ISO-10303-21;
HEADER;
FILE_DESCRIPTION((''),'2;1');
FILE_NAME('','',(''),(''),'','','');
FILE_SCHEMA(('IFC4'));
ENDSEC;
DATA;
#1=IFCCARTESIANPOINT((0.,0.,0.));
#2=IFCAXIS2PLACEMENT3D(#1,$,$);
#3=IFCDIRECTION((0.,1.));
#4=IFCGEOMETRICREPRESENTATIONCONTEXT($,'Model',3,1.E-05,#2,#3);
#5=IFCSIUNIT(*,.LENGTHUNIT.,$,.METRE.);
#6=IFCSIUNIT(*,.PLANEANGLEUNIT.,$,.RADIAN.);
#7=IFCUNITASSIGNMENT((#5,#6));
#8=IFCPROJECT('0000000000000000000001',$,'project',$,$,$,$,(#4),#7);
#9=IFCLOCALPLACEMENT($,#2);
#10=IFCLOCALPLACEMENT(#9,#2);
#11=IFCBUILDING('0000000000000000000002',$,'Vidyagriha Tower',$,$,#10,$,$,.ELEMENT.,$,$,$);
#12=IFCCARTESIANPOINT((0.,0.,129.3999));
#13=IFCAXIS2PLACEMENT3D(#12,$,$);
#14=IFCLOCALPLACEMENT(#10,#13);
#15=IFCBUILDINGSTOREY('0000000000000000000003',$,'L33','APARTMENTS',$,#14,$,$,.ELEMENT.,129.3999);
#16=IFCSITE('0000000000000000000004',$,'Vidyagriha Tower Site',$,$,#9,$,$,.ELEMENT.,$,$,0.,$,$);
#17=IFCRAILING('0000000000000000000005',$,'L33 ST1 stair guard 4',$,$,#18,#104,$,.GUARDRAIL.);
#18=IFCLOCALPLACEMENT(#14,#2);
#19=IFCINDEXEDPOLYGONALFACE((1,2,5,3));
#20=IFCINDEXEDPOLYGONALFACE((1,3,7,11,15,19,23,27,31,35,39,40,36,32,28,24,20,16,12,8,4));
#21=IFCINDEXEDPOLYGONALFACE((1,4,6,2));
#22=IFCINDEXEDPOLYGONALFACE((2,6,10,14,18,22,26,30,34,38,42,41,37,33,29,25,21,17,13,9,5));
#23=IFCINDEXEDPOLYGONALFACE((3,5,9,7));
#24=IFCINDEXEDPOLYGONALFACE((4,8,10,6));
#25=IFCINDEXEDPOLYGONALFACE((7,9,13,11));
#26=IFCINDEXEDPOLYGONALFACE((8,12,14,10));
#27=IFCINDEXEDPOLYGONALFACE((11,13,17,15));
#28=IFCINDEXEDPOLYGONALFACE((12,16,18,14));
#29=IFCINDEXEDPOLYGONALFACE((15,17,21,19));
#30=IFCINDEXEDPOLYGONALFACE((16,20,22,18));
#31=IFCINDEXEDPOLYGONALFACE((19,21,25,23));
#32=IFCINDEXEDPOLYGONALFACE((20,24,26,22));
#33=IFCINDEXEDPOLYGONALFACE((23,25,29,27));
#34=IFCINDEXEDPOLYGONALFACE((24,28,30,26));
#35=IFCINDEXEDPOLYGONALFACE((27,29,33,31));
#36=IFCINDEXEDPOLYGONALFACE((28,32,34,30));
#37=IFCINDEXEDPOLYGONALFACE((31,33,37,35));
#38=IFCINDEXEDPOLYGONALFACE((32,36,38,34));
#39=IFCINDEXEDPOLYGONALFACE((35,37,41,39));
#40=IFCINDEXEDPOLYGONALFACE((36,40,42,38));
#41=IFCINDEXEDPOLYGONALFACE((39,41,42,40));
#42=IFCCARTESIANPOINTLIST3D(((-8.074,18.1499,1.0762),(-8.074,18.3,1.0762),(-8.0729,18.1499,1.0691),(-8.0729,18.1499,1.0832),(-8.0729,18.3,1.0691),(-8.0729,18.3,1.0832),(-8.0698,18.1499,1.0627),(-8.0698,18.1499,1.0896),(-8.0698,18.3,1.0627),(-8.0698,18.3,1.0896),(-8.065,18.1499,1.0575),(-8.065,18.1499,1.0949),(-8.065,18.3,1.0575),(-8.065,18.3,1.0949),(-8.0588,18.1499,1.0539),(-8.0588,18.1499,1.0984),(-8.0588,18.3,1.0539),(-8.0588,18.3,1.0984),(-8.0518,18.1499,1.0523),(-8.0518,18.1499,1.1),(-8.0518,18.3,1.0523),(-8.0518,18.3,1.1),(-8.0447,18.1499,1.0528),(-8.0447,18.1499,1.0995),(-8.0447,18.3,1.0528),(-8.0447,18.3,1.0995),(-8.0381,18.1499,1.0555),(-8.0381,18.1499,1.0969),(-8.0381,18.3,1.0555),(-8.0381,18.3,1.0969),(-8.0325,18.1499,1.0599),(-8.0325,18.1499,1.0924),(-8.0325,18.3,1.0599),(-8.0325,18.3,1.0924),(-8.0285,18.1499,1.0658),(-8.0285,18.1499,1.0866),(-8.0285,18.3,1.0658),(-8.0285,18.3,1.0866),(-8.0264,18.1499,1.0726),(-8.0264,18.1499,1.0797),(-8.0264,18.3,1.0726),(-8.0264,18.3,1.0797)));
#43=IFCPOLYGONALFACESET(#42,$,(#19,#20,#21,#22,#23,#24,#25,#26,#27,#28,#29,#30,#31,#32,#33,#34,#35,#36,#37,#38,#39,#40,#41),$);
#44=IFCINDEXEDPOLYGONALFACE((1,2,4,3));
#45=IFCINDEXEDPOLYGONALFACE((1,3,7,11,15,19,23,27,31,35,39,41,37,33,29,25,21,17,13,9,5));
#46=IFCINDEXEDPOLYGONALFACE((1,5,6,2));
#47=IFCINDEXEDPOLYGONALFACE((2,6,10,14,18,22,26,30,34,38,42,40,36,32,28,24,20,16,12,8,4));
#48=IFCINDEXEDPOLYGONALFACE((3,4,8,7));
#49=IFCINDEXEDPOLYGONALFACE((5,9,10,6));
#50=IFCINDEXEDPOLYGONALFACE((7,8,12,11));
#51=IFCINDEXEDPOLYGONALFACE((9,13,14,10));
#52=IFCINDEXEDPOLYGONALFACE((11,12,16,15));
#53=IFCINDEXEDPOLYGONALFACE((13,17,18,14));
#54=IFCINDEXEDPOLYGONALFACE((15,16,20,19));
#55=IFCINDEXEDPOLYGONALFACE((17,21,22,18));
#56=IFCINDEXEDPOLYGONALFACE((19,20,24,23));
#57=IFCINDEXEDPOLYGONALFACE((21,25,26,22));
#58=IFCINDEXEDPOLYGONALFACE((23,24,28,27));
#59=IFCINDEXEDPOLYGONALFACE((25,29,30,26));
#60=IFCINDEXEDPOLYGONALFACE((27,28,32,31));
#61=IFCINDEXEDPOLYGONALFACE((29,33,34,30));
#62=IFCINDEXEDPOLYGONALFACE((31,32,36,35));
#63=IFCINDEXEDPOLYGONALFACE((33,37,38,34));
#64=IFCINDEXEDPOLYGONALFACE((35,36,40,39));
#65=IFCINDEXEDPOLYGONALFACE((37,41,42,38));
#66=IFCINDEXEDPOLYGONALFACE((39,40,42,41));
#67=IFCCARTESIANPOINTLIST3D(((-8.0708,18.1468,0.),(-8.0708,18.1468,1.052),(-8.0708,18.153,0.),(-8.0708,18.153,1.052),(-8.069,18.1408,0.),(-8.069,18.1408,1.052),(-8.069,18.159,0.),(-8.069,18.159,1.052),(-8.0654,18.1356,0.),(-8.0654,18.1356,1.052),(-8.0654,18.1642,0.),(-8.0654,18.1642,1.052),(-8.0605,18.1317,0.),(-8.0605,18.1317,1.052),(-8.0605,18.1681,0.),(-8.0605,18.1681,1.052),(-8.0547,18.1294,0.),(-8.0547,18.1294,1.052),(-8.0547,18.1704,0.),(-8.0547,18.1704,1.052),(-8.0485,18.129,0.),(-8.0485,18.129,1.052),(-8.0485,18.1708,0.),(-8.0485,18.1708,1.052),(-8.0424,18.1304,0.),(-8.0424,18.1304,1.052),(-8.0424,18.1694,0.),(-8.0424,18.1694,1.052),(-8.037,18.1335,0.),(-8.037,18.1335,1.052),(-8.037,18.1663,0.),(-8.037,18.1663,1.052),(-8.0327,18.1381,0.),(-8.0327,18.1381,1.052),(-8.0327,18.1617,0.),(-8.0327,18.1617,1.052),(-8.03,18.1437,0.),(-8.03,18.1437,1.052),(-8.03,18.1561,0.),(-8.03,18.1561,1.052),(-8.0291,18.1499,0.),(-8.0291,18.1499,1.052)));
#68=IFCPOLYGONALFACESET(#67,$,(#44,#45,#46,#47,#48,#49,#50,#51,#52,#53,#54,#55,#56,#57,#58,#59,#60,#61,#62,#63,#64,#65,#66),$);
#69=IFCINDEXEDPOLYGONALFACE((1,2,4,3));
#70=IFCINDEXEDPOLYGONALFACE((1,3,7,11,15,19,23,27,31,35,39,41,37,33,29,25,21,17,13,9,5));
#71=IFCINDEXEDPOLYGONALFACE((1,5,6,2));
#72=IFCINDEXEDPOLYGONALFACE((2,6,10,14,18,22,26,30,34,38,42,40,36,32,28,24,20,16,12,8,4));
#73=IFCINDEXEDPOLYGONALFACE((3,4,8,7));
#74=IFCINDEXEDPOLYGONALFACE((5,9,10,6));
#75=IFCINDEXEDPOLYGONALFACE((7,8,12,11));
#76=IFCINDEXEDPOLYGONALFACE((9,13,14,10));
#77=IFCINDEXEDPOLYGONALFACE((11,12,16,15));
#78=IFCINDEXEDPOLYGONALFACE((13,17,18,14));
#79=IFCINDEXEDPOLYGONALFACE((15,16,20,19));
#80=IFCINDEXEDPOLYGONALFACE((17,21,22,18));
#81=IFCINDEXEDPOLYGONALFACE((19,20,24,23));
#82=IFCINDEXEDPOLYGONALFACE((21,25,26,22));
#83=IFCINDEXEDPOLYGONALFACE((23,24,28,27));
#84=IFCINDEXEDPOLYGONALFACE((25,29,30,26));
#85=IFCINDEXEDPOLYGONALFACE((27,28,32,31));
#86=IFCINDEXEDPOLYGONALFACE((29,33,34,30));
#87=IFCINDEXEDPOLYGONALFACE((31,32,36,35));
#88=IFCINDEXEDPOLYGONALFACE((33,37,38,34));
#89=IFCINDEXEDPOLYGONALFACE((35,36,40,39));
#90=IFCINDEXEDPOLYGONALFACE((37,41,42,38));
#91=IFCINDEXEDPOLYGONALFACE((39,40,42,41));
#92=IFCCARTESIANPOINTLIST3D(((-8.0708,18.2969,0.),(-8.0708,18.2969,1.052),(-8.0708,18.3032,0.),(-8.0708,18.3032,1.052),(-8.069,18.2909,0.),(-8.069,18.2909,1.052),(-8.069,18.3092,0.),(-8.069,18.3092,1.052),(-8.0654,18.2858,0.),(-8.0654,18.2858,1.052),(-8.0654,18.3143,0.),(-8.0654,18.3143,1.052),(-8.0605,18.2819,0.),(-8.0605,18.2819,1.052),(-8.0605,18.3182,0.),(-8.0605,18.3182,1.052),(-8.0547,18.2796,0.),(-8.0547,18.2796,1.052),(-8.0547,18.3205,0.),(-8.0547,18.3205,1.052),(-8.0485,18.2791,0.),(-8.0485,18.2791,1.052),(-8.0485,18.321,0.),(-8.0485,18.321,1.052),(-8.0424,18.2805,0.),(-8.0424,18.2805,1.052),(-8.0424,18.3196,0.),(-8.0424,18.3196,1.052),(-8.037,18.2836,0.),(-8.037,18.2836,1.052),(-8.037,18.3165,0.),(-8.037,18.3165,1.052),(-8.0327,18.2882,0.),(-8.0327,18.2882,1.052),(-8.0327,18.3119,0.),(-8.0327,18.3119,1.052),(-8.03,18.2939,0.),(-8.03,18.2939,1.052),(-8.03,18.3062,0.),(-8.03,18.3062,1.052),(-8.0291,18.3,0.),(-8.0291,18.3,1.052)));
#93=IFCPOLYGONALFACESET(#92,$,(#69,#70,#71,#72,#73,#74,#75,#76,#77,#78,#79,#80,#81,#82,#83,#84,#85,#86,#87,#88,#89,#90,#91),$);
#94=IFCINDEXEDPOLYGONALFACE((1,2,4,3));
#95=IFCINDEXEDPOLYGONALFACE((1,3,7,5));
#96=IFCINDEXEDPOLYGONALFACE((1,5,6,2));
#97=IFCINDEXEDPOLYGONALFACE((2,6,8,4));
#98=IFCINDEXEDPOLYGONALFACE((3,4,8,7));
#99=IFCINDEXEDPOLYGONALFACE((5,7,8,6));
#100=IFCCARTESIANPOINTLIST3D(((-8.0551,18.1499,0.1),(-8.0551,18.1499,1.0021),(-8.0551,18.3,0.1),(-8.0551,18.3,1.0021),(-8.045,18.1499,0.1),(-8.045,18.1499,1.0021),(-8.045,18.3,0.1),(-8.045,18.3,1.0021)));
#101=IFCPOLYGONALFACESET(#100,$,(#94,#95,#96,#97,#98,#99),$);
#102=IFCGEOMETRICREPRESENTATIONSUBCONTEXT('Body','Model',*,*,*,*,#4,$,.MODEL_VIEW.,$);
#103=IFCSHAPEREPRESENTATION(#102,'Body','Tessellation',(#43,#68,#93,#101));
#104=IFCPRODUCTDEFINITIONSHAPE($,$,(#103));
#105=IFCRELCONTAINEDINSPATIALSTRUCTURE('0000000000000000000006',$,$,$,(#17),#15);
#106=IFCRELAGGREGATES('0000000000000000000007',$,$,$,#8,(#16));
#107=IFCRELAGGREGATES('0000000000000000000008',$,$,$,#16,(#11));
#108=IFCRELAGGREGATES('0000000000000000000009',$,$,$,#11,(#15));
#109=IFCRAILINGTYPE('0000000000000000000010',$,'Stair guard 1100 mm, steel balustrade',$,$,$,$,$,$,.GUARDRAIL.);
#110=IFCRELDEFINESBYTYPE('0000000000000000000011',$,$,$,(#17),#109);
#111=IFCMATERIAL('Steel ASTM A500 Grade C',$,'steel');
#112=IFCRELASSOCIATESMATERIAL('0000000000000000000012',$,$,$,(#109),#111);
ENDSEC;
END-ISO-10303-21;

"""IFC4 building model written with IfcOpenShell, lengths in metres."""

from ifc_helpers import new_model, si_unit, direction, frame, origin, origin_2d, place, context, subcontext, project, spatial, rectangle, circle, extrude, material, type_object, element, save


model = new_model("IFC4")

# Units and contexts
model_context = context("Model", 3, precision=1e-05, world=origin(), true_north=direction((0.0, 1.0)))
body_context = subcontext(model_context, "Body", "Model", "MODEL_VIEW")
ifc_project = project(units=[si_unit("LENGTHUNIT", "METRE"), si_unit("PLANEANGLEUNIT", "RADIAN")], contexts=[model_context])

# Site, building, storey
site_placement = place(None, origin())
site = spatial("IfcSite", under=ifc_project, at=site_placement, Name="Vidyagriha Tower Site", CompositionType="ELEMENT", RefElevation=0.0)
building_placement = place(site_placement, origin())
building = spatial("IfcBuilding", under=site, at=building_placement, Name="Vidyagriha Tower", CompositionType="ELEMENT")
storey_placement = place(building_placement, frame((0.0, 0.0, 129.3999)))
storey = spatial("IfcBuildingStorey", under=building, at=storey_placement, Name="L33", Description="APARTMENTS", CompositionType="ELEMENT", Elevation=129.3999)

# Railing
ifc_material_1 = material(Name="Steel ASTM A500 Grade C", Category="steel")
railing_type_1 = type_object("IfcRailingType", Name="Stair guard 1100 mm, steel balustrade", PredefinedType="GUARDRAIL", material=ifc_material_1)
railing_1_placement = place(storey_placement, frame((-8.05, 18.1499, 0.0)))
element("IfcRailing", 1, at=railing_1_placement, inside=storey, type_object=railing_type_1, Name="L33 ST1 stair guard 4", PredefinedType="GUARDRAIL", context=body_context, shape_type="SweptSolid", body=[
    extrude(circle(Radius=0.0239, at=origin_2d()), frame((0.0, 0.0, 1.0762), z_axis=(0.0, 1.0, 0.0), x_axis=(-1.0, 0.0, 0.0)), (0.0, 0.0, 1.0), 0.1501),
    extrude(circle(Radius=0.021, at=origin_2d()), origin(), (0.0, 0.0, 1.0), 1.052),
    extrude(circle(Radius=0.021, at=origin_2d()), frame((0.0, 0.1501, 0.0)), (0.0, 0.0, 1.0), 1.052),
    extrude(rectangle(XDim=0.01, YDim=0.9021, at=origin_2d()), frame((0.0, 0.0, 0.551), z_axis=(0.0, 1.0, 0.0), x_axis=(-1.0, 0.0, 0.0)), (0.0, 0.0, 1.0), 0.1501),
])

save(model, "model.ifc")
